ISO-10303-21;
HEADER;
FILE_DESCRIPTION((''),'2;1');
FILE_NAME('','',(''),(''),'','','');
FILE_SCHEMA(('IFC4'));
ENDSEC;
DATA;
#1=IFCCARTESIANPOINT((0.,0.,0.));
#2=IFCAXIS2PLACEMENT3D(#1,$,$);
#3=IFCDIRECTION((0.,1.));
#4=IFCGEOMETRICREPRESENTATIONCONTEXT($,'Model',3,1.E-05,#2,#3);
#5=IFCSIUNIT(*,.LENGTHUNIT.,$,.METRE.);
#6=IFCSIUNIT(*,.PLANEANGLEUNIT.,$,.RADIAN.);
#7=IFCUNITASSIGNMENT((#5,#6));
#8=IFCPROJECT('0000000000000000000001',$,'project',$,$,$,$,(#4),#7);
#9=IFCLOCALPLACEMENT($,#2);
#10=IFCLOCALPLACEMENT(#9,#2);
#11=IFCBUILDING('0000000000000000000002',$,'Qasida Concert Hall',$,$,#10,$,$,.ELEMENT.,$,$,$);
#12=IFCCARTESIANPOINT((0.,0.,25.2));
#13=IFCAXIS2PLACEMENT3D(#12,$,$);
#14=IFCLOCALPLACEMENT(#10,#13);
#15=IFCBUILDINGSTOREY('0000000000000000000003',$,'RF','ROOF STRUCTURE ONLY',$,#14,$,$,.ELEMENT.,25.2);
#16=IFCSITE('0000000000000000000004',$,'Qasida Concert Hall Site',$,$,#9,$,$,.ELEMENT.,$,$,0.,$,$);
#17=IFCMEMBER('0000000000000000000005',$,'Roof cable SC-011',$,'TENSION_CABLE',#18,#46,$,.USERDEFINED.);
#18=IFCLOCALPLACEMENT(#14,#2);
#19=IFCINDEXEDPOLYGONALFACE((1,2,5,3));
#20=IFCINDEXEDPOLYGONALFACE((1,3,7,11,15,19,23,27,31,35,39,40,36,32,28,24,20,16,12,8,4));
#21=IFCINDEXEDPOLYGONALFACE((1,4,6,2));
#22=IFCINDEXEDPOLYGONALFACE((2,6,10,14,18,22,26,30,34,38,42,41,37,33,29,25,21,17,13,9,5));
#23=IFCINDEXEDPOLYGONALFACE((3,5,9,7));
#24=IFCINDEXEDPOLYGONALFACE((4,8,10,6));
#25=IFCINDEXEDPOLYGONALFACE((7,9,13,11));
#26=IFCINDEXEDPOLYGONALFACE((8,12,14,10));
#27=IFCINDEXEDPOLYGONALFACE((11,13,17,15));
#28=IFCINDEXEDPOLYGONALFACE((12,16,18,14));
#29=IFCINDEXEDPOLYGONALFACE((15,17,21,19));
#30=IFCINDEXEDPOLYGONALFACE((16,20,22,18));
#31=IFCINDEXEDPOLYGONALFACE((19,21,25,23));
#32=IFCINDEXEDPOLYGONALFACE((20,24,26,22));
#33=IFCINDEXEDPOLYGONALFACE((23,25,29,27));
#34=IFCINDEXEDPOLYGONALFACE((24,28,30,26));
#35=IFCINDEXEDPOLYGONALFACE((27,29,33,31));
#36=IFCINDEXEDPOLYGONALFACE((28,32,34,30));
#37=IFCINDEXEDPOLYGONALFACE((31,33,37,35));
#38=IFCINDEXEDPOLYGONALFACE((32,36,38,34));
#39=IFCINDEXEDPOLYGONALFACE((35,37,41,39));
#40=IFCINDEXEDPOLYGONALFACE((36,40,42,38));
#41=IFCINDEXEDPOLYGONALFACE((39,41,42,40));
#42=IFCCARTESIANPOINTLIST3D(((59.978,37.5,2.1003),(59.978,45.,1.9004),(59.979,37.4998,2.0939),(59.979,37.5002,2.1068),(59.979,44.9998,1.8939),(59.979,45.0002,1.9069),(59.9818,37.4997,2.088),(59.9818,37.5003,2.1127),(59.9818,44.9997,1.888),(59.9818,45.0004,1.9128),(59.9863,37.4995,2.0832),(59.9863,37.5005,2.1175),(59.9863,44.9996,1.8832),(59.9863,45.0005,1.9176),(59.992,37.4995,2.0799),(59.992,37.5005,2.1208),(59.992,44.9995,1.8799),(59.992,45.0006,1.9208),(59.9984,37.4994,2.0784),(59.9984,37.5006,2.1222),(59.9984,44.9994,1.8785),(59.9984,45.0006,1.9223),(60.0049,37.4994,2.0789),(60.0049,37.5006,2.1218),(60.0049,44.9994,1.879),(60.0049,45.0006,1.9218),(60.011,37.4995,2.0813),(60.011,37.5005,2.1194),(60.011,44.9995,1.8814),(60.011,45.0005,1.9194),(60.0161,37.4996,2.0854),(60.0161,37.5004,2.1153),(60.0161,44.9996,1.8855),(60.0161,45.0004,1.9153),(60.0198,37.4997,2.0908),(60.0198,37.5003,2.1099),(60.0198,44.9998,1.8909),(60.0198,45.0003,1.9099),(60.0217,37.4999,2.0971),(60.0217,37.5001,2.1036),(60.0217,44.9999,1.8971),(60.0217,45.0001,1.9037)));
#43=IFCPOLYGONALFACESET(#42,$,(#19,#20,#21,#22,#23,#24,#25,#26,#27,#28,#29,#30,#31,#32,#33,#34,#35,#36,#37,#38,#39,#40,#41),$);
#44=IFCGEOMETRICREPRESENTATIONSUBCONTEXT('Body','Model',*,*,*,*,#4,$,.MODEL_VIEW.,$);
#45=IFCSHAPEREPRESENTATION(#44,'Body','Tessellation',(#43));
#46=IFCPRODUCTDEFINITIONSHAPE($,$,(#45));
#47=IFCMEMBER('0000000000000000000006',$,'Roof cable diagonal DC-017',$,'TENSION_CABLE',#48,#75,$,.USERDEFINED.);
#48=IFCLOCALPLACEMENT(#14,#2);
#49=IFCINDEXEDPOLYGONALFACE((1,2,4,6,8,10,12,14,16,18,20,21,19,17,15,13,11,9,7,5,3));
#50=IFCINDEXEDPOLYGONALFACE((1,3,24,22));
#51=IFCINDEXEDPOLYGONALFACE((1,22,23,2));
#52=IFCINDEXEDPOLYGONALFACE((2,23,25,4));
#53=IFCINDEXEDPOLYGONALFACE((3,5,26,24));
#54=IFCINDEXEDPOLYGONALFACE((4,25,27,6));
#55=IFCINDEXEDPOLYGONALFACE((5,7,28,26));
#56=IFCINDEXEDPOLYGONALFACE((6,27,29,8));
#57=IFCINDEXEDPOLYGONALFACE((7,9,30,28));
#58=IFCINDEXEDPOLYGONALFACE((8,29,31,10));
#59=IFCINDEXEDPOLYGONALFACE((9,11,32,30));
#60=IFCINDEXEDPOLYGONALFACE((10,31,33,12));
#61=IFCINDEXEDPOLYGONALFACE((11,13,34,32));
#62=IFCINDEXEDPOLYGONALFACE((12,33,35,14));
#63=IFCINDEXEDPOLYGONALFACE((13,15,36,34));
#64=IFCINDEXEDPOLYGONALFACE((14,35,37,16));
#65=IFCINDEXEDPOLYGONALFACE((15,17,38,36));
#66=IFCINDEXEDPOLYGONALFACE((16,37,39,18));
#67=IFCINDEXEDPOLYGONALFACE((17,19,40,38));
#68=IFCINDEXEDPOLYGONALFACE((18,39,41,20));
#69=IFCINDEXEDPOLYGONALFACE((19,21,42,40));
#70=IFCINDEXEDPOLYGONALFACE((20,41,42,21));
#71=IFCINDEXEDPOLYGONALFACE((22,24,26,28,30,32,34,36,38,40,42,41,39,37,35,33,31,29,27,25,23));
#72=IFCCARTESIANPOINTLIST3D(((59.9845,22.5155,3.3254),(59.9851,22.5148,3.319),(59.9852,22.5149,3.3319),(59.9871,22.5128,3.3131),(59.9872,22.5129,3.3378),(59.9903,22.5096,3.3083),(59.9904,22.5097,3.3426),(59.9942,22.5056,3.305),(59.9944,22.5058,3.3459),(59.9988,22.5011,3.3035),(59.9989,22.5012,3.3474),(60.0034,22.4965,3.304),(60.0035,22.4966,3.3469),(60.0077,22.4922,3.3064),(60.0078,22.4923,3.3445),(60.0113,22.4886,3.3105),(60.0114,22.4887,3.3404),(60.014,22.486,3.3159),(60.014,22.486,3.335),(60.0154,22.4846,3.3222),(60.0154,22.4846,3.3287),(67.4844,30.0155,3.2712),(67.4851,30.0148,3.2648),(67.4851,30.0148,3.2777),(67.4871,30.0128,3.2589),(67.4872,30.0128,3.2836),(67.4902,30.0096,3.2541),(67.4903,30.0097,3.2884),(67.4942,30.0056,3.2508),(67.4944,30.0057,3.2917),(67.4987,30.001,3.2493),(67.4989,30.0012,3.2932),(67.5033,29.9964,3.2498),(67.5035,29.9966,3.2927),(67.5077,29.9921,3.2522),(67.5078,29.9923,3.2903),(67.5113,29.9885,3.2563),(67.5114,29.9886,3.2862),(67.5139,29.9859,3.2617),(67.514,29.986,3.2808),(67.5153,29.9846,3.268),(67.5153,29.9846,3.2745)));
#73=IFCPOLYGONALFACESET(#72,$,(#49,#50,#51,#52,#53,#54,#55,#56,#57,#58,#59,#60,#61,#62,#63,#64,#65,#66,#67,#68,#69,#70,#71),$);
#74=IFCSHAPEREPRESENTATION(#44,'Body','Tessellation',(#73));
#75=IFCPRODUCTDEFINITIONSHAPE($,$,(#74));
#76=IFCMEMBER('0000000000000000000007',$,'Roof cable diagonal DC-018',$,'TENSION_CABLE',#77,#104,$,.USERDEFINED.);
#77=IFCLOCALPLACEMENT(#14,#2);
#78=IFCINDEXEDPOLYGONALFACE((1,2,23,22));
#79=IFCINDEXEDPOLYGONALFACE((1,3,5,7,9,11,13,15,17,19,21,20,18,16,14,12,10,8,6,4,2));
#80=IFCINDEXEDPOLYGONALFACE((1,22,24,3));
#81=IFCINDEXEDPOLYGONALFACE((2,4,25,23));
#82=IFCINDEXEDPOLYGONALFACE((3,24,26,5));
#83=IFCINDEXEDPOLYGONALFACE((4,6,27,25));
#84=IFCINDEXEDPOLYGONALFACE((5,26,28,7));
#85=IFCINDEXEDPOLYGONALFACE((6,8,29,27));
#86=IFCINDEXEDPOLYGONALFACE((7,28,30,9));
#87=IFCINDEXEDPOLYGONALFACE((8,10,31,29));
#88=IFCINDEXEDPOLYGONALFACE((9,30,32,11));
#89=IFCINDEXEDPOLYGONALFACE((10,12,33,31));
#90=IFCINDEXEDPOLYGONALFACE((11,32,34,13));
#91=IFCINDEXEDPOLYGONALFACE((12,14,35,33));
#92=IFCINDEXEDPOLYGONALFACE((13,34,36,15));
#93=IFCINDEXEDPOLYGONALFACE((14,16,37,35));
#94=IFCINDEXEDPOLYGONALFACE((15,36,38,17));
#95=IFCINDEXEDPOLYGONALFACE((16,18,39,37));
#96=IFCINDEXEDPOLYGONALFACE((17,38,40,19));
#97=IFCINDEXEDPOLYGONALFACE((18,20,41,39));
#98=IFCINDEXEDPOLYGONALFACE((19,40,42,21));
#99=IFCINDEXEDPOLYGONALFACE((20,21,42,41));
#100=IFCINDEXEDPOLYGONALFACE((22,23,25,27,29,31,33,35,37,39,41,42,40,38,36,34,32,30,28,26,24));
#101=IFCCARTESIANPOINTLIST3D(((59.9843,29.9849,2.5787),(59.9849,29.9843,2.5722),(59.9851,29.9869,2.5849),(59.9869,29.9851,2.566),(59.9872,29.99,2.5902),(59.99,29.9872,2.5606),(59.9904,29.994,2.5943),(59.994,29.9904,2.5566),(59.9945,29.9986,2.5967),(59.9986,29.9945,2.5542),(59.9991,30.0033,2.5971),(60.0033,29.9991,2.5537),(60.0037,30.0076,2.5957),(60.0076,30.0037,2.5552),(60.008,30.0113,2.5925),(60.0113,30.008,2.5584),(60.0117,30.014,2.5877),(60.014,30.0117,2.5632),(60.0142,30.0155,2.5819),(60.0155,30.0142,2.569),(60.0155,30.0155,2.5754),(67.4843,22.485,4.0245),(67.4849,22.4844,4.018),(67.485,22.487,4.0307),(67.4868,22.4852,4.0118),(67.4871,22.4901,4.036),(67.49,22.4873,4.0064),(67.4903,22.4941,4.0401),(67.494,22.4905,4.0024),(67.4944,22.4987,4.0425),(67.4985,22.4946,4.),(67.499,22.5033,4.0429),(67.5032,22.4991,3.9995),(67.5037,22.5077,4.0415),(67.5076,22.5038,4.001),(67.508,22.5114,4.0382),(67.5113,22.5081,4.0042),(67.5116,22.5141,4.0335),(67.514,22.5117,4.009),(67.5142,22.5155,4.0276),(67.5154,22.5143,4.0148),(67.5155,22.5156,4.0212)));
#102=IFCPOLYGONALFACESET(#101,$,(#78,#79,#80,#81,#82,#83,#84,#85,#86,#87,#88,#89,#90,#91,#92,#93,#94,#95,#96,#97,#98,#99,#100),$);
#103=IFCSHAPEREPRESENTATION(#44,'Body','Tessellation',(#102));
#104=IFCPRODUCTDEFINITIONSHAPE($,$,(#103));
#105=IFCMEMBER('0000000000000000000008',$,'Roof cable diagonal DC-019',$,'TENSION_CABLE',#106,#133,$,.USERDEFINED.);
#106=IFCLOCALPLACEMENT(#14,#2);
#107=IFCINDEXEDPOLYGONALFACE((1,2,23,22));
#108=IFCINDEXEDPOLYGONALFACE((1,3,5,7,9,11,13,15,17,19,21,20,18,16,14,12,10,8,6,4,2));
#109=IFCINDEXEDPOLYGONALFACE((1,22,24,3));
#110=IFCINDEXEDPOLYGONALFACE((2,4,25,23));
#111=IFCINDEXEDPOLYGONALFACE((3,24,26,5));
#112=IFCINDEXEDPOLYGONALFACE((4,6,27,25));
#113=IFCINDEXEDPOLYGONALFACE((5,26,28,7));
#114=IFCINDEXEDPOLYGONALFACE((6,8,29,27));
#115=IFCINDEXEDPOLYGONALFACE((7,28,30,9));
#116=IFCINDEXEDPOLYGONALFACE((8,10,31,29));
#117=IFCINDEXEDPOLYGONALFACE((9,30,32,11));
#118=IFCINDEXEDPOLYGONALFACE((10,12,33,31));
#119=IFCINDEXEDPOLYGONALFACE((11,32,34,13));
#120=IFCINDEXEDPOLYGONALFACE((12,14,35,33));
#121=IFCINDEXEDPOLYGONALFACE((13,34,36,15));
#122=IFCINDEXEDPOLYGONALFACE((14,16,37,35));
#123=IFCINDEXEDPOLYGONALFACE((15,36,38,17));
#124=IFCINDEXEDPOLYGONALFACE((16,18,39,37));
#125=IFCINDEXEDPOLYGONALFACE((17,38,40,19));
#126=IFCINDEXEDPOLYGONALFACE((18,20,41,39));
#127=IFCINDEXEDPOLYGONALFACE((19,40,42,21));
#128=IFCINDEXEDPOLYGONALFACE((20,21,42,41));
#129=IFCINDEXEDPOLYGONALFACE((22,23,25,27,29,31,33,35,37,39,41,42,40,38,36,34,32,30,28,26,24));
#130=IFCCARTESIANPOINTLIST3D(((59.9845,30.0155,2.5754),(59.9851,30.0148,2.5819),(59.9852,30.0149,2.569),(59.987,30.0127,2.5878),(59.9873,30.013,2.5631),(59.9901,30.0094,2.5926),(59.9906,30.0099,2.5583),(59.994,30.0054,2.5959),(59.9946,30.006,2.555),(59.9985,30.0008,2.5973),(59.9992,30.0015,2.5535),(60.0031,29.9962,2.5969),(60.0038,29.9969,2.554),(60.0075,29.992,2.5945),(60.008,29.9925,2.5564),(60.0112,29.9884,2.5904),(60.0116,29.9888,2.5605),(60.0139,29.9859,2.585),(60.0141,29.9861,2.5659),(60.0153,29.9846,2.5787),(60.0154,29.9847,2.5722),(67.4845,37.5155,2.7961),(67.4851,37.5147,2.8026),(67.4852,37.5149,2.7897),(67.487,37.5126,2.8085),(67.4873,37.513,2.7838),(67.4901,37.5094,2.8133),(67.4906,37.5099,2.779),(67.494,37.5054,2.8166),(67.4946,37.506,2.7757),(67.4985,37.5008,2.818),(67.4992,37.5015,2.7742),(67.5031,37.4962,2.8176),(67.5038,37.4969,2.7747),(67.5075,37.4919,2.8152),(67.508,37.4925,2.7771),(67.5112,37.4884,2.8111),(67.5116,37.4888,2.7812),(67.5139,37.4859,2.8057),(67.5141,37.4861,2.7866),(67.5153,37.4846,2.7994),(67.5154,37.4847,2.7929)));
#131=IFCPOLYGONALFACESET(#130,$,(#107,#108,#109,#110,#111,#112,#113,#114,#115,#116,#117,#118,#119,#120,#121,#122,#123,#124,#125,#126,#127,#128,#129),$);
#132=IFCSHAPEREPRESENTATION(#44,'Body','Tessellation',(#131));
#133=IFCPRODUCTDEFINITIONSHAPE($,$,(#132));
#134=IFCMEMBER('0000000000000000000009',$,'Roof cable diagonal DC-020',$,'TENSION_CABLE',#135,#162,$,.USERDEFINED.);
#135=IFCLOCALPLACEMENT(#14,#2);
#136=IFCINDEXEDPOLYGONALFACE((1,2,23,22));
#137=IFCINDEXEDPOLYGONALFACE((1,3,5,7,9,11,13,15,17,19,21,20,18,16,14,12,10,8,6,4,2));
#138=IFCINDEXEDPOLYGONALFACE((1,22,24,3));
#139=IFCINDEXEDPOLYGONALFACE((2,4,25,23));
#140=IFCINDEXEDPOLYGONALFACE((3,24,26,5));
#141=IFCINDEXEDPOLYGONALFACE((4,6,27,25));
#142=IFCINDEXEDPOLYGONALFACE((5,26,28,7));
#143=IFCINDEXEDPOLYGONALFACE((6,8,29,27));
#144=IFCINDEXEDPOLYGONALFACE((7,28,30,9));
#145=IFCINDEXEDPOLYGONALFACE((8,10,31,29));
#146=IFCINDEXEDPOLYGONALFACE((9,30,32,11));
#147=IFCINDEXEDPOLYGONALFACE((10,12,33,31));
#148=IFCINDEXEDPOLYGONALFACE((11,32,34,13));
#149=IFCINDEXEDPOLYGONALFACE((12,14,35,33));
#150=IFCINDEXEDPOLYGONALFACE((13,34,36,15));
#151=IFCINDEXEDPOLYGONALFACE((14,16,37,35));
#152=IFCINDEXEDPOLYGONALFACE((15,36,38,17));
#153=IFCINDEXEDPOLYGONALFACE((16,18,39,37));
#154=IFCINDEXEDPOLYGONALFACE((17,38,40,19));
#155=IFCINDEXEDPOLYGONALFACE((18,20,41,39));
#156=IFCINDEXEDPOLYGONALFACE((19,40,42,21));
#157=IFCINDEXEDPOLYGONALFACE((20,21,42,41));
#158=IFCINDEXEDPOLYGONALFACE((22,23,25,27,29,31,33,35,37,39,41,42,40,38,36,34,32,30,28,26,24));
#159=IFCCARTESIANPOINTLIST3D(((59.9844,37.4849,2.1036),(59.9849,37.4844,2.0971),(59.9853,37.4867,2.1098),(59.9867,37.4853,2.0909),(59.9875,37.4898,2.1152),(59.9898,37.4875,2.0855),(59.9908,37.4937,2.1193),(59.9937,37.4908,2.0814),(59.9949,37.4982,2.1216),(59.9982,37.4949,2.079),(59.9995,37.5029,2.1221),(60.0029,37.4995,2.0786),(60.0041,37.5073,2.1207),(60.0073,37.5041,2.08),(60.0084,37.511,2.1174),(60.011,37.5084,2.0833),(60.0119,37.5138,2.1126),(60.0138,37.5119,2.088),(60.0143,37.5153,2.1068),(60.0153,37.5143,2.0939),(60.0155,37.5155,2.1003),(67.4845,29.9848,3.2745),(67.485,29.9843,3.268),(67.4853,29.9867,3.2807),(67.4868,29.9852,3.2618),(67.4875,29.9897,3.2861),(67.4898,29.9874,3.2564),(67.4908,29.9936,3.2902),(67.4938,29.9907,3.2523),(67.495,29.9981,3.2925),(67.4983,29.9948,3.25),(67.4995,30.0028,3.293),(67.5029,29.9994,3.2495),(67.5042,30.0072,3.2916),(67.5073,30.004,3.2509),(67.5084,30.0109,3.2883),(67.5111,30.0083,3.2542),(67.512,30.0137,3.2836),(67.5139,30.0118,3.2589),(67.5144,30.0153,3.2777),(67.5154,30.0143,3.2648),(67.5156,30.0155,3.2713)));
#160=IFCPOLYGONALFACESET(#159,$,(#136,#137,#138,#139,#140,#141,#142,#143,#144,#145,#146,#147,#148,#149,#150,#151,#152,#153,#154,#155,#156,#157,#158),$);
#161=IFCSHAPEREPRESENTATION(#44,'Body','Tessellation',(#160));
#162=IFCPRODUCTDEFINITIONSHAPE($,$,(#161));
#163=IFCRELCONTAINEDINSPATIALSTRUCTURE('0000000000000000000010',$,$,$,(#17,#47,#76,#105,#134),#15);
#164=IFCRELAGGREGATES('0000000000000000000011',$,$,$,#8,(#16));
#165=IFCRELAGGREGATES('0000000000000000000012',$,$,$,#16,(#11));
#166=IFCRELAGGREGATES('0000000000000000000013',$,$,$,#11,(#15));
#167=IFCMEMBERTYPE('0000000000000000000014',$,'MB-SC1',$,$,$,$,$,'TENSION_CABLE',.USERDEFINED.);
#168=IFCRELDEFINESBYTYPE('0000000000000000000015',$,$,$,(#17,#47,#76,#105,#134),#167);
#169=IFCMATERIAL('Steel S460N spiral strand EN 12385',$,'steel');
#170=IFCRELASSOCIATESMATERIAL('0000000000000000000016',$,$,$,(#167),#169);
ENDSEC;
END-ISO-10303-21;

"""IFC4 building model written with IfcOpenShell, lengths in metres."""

from ifc_helpers import new_model, si_unit, direction, frame, origin, origin_2d, place, context, subcontext, project, spatial, circle, extrude, material, material_profile, profile_set, type_object, element, save


model = new_model("IFC4")

# Units and contexts
model_context = context("Model", 3, precision=1e-05, world=origin(), true_north=direction((0.0, 1.0)))
body_context = subcontext(model_context, "Body", "Model", "MODEL_VIEW")
ifc_project = project(units=[si_unit("LENGTHUNIT", "METRE"), si_unit("PLANEANGLEUNIT", "RADIAN")], contexts=[model_context])

# Site, building, storey
site_placement = place(None, origin())
site = spatial("IfcSite", under=ifc_project, at=site_placement, Name="Qasida Concert Hall Site", CompositionType="ELEMENT", RefElevation=0.0)
building_placement = place(site_placement, origin())
building = spatial("IfcBuilding", under=site, at=building_placement, Name="Qasida Concert Hall", CompositionType="ELEMENT")
storey_placement = place(building_placement, frame((0.0, 0.0, 25.2)))
storey = spatial("IfcBuildingStorey", under=building, at=storey_placement, Name="RF", Description="ROOF STRUCTURE ONLY", CompositionType="ELEMENT", Elevation=25.2)

# Members
ifc_material_1 = material(Name="Steel S460N spiral strand EN 12385", Category="steel")
ifc_material_profile_1 = material_profile(ifc_material_1, circle(Radius=0.022, at=origin_2d()), Name="STRAND D44")
ifc_profile_set_1 = profile_set([ifc_material_profile_1], Name="Steel S460N spiral strand EN 12385")
member_type_1 = type_object("IfcMemberType", Name="MB-SC1", ElementType="TENSION_CABLE", PredefinedType="USERDEFINED", material=ifc_profile_set_1)
member_1_placement = place(storey_placement, frame((60.0, 37.5, 2.1003), z_axis=(0.0, 0.999645, -0.026651), x_axis=(-1.0, 0.0, 0.0)))
element("IfcMember", 1, at=member_1_placement, inside=storey, type_object=member_type_1, Name="Roof cable SC-011", ObjectType="TENSION_CABLE", PredefinedType="USERDEFINED", context=body_context, shape_type="SweptSolid", body=[
    extrude(circle(Radius=0.022, at=origin_2d()), origin(), (0.0, 0.0, 1.0), 7.5027),
])
member_2_placement = place(storey_placement, frame((60.0, 22.5, 3.3254), z_axis=(0.707098, 0.707098, -0.00511), x_axis=(-0.707107, 0.707107, 0.0)))
element("IfcMember", 2, at=member_2_placement, inside=storey, type_object=member_type_1, Name="Roof cable diagonal DC-017", ObjectType="TENSION_CABLE", PredefinedType="USERDEFINED", context=body_context, shape_type="SweptSolid", body=[
    extrude(circle(Radius=0.022, at=origin_2d()), origin(), (0.0, 0.0, 1.0), 10.6067),
])
member_3_placement = place(storey_placement, frame((60.0, 30.0, 2.5754), z_axis=(0.700628, -0.700628, 0.135062), x_axis=(0.707107, 0.707107, 0.0)))
element("IfcMember", 3, at=member_3_placement, inside=storey, type_object=member_type_1, Name="Roof cable diagonal DC-018", ObjectType="TENSION_CABLE", PredefinedType="USERDEFINED", context=body_context, shape_type="SweptSolid", body=[
    extrude(circle(Radius=0.022, at=origin_2d()), origin(), (0.0, 0.0, 1.0), 10.7046),
])
member_4_placement = place(storey_placement, frame((60.0, 30.0, 2.5754), z_axis=(0.706954, 0.706954, 0.020804), x_axis=(-0.707107, 0.707107, 0.0)))
element("IfcMember", 4, at=member_4_placement, inside=storey, type_object=member_type_1, Name="Roof cable diagonal DC-019", ObjectType="TENSION_CABLE", PredefinedType="USERDEFINED", context=body_context, shape_type="SweptSolid", body=[
    extrude(circle(Radius=0.022, at=origin_2d()), origin(), (0.0, 0.0, 1.0), 10.6089),
])
member_5_placement = place(storey_placement, frame((60.0, 37.5, 2.1003), z_axis=(0.702837, -0.702837, 0.109727), x_axis=(0.707107, 0.707107, 0.0)))
element("IfcMember", 5, at=member_5_placement, inside=storey, type_object=member_type_1, Name="Roof cable diagonal DC-020", ObjectType="TENSION_CABLE", PredefinedType="USERDEFINED", context=body_context, shape_type="SweptSolid", body=[
    extrude(circle(Radius=0.022, at=origin_2d()), origin(), (0.0, 0.0, 1.0), 10.6711),
])

save(model, "model.ifc")
